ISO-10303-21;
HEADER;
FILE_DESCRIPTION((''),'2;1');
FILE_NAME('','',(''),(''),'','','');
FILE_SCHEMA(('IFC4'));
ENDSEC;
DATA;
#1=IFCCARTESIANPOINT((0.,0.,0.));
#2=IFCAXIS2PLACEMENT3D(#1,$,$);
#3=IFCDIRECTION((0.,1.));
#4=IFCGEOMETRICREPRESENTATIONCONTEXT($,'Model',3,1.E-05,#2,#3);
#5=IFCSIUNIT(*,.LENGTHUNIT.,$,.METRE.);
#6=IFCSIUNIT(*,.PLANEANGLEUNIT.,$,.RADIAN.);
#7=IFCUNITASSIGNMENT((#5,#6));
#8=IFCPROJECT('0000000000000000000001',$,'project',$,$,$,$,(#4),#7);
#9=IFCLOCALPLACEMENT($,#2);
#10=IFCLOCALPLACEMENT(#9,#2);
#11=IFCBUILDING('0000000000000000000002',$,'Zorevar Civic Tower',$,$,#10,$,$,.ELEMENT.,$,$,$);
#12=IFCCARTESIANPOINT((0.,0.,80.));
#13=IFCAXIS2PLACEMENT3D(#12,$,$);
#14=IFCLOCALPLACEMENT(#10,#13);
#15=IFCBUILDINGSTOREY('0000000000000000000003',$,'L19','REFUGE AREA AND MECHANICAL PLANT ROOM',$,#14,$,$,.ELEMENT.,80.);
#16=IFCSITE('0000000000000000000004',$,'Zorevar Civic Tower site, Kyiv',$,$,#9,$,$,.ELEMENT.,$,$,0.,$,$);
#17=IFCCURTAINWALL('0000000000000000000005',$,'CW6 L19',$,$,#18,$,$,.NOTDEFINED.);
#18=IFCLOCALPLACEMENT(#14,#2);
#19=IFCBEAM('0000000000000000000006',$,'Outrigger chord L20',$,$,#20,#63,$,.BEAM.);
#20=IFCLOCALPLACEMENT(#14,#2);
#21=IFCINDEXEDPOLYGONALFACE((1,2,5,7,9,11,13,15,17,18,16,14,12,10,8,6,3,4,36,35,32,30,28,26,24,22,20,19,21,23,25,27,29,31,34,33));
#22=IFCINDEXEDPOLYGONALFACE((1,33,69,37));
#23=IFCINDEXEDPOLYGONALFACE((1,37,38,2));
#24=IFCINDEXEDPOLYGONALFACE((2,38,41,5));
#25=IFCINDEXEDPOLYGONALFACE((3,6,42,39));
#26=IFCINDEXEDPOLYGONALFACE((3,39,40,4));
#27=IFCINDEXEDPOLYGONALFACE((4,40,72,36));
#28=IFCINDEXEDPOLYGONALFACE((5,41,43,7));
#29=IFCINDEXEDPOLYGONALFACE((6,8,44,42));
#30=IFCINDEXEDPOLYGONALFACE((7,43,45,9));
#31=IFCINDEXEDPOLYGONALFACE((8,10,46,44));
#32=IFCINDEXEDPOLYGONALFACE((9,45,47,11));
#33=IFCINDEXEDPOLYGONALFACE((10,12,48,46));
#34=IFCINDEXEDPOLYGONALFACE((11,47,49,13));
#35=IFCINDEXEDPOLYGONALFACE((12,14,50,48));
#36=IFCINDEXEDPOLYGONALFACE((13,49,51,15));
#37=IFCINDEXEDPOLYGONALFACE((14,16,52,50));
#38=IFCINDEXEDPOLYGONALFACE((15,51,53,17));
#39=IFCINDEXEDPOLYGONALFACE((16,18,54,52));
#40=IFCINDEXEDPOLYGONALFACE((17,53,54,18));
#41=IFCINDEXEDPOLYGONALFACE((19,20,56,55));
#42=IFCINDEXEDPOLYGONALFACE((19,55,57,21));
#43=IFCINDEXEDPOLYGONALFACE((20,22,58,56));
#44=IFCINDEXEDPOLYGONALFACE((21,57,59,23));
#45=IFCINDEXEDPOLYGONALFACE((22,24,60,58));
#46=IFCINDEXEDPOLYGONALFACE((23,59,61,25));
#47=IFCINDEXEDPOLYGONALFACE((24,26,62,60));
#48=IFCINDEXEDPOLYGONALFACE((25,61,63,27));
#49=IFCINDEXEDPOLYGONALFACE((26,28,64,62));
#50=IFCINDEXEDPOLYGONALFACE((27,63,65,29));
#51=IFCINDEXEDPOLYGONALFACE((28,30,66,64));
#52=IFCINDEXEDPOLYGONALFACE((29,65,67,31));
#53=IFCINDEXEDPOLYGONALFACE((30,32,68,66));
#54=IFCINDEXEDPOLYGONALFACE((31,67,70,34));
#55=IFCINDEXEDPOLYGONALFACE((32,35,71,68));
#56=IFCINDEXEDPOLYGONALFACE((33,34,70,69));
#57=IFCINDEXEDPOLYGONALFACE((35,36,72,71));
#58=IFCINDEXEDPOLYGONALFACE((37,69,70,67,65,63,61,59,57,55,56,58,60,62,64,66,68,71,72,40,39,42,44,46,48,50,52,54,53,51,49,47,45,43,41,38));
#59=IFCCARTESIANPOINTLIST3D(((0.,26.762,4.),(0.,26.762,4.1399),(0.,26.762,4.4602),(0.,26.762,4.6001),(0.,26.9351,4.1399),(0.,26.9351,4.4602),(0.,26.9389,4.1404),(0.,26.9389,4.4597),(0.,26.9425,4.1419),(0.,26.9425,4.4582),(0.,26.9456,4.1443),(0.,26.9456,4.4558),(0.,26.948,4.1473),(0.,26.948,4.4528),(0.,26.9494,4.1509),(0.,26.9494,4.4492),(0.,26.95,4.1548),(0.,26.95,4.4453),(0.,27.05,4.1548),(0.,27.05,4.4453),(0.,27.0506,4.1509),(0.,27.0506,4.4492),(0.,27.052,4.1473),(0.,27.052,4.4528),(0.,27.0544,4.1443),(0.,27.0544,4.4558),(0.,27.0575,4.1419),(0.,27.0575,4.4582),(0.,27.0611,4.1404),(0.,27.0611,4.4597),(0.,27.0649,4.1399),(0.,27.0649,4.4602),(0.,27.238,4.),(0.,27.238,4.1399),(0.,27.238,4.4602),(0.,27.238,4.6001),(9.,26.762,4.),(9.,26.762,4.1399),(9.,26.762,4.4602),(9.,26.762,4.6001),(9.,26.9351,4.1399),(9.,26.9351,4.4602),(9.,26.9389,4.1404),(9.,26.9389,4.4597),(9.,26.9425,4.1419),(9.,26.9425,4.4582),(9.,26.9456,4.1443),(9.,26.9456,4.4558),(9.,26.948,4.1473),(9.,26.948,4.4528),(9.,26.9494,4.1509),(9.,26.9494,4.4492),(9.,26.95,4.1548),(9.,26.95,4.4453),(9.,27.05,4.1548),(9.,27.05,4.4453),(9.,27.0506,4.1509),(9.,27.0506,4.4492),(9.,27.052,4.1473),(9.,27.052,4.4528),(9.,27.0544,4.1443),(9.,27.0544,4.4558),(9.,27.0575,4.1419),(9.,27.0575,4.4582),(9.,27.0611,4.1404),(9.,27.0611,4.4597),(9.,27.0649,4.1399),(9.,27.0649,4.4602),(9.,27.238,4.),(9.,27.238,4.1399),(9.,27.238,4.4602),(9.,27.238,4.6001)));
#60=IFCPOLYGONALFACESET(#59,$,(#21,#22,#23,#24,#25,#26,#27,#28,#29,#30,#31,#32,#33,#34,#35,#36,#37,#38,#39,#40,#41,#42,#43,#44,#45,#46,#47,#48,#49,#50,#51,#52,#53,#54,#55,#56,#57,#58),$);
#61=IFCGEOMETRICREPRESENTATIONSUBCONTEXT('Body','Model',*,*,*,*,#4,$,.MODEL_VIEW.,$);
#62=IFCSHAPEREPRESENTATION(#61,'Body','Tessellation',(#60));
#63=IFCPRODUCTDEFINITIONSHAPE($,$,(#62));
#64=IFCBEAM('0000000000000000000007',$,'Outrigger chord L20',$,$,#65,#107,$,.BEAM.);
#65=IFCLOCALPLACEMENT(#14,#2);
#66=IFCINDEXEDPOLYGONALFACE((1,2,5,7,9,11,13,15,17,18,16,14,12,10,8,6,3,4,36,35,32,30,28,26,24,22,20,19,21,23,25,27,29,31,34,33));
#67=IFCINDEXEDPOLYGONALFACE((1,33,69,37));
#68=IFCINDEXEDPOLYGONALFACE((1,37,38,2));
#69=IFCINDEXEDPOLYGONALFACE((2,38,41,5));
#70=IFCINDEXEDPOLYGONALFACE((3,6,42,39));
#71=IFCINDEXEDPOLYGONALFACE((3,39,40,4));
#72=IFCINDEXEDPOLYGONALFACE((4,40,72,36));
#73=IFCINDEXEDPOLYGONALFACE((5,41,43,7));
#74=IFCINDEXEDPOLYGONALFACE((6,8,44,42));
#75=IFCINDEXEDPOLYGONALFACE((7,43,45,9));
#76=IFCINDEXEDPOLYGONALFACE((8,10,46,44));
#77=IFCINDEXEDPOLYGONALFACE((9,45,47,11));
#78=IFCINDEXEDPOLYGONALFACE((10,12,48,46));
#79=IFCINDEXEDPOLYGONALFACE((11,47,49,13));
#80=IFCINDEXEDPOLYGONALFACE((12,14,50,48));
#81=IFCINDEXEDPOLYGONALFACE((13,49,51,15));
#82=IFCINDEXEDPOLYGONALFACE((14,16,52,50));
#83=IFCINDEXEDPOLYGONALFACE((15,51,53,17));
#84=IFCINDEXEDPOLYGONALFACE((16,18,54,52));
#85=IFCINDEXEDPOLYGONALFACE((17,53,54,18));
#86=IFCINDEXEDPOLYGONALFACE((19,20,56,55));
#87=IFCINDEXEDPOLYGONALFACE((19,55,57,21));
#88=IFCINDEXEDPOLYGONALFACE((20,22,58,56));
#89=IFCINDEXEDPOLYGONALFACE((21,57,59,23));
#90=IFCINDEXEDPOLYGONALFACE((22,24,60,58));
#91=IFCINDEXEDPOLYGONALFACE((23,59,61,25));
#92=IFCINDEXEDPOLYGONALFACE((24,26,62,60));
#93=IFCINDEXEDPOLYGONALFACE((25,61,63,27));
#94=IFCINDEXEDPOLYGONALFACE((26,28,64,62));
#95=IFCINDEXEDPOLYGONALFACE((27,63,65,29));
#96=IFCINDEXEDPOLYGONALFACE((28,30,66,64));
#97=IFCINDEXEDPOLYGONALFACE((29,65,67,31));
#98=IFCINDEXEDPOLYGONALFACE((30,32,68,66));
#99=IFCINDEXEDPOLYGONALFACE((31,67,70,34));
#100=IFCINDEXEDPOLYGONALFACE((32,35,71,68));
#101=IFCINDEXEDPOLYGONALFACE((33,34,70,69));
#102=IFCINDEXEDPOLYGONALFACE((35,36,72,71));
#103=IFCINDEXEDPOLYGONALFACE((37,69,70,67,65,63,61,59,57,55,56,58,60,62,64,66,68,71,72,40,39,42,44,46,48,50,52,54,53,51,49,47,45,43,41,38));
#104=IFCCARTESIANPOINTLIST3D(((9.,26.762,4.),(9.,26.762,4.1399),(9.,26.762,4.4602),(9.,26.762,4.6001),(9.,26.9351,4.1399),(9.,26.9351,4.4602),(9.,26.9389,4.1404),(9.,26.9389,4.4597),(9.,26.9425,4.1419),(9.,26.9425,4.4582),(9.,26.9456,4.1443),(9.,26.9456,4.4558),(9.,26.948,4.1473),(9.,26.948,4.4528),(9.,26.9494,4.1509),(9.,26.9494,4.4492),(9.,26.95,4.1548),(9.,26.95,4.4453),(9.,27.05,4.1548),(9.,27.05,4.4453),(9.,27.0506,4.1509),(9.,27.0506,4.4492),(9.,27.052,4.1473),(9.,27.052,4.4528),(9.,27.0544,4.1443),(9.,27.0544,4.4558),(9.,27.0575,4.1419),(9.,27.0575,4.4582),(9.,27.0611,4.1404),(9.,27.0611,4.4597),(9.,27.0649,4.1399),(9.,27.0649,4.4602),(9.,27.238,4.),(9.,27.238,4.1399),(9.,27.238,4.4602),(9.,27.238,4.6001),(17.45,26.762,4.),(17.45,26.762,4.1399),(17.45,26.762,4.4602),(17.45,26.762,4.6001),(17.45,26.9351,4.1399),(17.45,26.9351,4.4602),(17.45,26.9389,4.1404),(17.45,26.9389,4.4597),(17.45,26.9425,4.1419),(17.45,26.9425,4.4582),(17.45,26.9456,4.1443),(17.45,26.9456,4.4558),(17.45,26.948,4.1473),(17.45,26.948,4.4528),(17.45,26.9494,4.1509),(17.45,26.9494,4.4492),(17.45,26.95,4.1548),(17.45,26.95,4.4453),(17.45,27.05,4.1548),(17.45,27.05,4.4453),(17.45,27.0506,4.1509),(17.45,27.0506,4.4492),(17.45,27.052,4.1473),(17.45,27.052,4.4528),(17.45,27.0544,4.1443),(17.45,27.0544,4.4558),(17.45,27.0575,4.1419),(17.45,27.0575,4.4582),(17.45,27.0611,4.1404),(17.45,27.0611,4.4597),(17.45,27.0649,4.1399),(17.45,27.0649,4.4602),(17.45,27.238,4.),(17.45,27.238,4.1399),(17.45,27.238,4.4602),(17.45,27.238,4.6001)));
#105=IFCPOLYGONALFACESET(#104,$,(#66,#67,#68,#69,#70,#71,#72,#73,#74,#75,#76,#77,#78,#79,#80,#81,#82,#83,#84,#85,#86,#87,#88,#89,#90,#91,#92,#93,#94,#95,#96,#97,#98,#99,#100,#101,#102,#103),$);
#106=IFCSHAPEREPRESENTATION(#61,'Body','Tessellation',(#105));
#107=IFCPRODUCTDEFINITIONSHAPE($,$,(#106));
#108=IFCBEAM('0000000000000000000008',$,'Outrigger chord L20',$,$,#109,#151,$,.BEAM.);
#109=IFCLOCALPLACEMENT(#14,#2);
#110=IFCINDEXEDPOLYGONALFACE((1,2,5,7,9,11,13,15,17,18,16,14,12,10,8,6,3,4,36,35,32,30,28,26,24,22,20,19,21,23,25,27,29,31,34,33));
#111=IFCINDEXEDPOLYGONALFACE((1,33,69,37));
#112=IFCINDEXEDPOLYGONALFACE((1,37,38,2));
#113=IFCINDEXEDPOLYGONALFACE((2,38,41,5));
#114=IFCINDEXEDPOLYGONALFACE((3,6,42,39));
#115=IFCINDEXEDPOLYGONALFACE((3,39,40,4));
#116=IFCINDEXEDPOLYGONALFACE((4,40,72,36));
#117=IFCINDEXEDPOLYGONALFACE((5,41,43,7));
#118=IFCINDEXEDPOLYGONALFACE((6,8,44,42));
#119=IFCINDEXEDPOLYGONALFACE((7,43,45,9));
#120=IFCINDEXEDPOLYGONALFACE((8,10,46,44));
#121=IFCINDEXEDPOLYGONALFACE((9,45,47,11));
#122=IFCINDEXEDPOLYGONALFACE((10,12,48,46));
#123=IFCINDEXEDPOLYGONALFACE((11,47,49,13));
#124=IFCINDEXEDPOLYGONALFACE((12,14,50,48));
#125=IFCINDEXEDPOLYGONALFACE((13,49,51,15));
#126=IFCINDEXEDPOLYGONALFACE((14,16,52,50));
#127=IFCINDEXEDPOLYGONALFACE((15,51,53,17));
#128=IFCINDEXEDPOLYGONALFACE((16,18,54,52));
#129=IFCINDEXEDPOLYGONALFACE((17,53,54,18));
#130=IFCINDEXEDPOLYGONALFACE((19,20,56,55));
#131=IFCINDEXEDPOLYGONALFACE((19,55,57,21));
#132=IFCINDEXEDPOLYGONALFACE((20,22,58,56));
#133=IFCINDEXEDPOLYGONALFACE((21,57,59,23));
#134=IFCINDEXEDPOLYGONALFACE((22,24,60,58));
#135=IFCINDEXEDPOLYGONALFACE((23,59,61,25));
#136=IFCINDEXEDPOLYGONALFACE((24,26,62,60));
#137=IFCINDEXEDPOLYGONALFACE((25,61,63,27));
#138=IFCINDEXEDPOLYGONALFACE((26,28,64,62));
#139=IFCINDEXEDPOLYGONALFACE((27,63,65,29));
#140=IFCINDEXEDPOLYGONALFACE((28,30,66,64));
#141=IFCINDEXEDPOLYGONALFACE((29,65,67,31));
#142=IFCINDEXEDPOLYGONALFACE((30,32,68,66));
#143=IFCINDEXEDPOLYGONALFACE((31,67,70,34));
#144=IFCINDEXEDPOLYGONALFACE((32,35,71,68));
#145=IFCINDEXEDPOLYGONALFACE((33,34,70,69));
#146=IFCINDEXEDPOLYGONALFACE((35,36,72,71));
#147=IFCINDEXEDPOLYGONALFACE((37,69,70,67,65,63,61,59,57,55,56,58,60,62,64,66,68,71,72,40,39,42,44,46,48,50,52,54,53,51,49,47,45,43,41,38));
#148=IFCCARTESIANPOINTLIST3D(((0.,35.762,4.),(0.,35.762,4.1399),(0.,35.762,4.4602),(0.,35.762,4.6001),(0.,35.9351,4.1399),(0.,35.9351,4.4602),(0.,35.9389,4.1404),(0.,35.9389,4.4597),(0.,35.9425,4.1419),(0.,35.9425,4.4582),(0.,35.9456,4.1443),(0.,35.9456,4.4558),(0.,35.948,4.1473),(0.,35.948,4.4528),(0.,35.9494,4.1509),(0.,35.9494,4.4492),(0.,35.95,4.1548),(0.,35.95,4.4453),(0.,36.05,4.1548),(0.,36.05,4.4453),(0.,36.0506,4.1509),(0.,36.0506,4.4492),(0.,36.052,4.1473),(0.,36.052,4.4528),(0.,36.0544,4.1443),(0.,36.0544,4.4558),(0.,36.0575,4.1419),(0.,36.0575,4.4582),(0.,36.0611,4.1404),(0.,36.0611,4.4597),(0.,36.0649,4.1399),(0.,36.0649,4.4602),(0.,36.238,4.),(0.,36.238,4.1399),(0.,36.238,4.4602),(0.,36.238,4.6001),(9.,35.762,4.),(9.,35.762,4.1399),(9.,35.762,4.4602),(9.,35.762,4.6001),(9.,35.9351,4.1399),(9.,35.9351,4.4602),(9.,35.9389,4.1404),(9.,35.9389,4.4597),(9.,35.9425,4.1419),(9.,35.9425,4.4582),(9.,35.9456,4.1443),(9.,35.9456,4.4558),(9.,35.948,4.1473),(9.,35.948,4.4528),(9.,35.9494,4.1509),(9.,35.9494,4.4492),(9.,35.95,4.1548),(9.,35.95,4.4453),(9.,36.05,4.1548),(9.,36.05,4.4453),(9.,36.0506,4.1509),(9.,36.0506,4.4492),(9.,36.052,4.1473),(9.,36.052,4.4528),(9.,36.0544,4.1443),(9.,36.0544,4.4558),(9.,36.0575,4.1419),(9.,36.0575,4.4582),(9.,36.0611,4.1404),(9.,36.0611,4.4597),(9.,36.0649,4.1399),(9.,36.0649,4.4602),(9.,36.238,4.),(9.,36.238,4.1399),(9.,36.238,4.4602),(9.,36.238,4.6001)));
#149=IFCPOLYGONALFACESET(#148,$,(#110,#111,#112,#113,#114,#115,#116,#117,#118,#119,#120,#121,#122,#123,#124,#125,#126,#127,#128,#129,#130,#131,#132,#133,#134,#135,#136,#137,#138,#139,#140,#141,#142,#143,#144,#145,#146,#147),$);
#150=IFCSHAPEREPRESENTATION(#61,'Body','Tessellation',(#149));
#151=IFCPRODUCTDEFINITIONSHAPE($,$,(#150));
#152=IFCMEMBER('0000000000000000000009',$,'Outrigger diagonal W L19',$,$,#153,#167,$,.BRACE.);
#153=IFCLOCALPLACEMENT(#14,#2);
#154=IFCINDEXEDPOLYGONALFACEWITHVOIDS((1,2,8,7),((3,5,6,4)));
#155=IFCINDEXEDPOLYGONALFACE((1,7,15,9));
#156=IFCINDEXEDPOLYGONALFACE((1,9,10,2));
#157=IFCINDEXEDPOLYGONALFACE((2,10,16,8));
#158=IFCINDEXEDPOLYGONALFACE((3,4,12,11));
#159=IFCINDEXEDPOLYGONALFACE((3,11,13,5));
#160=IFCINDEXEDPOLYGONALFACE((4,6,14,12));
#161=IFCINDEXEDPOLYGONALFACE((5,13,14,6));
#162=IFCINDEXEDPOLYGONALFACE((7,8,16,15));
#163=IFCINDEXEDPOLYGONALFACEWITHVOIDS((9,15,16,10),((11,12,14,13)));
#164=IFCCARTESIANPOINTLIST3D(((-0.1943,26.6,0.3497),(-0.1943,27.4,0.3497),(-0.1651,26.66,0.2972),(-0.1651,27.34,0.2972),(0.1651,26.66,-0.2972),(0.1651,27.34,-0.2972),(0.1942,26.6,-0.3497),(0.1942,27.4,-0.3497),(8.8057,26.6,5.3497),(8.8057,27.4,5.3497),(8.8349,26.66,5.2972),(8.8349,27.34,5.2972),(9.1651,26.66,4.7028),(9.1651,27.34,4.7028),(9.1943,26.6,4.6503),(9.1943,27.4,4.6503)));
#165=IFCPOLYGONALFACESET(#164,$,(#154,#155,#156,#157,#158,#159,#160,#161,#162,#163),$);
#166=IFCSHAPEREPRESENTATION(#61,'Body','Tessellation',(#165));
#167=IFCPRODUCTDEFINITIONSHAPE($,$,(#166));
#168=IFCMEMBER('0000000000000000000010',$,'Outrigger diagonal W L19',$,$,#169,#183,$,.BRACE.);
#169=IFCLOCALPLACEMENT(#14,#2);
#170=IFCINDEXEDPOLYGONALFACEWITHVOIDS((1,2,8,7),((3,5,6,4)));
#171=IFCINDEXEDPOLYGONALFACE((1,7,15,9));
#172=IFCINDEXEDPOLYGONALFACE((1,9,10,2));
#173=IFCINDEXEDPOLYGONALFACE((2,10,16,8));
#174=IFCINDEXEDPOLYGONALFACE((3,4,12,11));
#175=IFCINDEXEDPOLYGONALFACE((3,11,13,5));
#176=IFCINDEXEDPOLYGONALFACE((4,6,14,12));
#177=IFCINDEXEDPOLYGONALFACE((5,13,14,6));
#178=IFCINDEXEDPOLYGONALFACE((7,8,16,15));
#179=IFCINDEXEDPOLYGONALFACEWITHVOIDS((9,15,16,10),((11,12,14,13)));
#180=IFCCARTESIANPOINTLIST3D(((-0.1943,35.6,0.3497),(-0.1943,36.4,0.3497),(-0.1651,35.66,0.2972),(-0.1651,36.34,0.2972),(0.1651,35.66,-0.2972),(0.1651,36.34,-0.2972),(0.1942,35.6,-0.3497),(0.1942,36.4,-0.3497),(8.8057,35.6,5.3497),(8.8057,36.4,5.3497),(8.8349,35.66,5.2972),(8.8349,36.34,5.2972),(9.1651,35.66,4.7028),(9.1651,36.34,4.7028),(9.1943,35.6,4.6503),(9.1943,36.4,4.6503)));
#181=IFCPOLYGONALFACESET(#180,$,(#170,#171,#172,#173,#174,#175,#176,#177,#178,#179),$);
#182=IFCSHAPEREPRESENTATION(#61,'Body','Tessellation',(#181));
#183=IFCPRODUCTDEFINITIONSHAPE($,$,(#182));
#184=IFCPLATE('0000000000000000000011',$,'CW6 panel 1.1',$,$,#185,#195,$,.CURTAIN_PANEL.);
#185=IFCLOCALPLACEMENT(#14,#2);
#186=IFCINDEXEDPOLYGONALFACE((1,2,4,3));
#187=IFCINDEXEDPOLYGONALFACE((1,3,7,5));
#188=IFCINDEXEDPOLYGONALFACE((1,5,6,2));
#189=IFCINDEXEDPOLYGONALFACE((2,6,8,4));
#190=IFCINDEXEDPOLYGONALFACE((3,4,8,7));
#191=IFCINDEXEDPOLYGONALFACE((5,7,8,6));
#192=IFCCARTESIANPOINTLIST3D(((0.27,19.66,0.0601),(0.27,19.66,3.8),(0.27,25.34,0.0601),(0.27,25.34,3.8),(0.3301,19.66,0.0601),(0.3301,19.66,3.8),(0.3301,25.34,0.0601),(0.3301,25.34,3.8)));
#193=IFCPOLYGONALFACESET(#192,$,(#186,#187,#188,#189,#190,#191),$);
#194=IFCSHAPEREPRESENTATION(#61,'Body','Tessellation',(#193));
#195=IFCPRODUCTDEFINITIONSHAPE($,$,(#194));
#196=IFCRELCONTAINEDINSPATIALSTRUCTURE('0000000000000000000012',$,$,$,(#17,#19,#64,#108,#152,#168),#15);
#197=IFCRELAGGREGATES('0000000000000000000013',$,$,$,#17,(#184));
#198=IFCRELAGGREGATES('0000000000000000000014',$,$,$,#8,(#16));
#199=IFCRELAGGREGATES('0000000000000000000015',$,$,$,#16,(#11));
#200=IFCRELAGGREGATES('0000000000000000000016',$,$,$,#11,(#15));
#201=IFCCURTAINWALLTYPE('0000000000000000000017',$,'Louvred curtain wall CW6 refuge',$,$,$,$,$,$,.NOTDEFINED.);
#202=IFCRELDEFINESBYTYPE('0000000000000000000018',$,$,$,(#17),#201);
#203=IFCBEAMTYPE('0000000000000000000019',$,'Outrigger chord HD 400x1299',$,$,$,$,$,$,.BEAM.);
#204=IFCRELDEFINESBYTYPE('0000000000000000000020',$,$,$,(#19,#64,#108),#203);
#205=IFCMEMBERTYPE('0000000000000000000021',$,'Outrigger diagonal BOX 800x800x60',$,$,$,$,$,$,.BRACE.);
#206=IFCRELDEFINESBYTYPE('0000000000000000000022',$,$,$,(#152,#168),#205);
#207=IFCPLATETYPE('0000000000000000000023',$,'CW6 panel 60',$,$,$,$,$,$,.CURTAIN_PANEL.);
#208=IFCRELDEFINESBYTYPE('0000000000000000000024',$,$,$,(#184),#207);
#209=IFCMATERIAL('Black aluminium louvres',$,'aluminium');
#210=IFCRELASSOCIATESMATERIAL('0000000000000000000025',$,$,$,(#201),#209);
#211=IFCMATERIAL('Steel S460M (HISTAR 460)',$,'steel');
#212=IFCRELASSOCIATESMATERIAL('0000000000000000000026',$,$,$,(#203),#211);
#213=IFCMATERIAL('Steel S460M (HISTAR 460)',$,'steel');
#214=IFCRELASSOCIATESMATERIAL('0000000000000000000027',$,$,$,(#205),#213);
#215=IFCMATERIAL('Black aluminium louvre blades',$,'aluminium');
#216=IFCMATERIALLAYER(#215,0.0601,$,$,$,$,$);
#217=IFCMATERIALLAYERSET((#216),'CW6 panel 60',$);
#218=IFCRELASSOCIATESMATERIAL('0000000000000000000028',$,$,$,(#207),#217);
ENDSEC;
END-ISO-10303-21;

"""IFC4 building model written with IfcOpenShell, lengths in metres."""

from ifc_helpers import new_model, si_unit, direction, frame, origin, origin_2d, place, context, subcontext, project, spatial, rectangle, hollow_rectangle, i_section, extrude, material, layer, layer_set, material_profile, profile_set, type_object, element, aggregate, save


model = new_model("IFC4")

# Units and contexts
model_context = context("Model", 3, precision=1e-05, world=origin(), true_north=direction((0.0, 1.0)))
body_context = subcontext(model_context, "Body", "Model", "MODEL_VIEW")
ifc_project = project(units=[si_unit("LENGTHUNIT", "METRE"), si_unit("PLANEANGLEUNIT", "RADIAN")], contexts=[model_context])

# Site, building, storey
site_placement = place(None, origin())
site = spatial("IfcSite", under=ifc_project, at=site_placement, Name="Zorevar Civic Tower site, Kyiv", CompositionType="ELEMENT", RefElevation=0.0)
building_placement = place(site_placement, origin())
building = spatial("IfcBuilding", under=site, at=building_placement, Name="Zorevar Civic Tower", CompositionType="ELEMENT")
storey_placement = place(building_placement, frame((0.0, 0.0, 80.0)))
storey = spatial("IfcBuildingStorey", under=building, at=storey_placement, Name="L19", Description="REFUGE AREA AND MECHANICAL PLANT ROOM", CompositionType="ELEMENT", Elevation=80.0)

# Curtain wall
ifc_material_1 = material(Name="Black aluminium louvres", Category="aluminium")
curtain_wall_type = type_object("IfcCurtainWallType", Name="Louvred curtain wall CW6 refuge", PredefinedType="NOTDEFINED", material=ifc_material_1)
curtain_wall_placement = place(storey_placement, origin())
curtain_wall = element("IfcCurtainWall", 1, at=curtain_wall_placement, inside=storey, type_object=curtain_wall_type, Name="CW6 L19", PredefinedType="NOTDEFINED")

# Beams
ifc_material_2 = material(Name="Steel S460M (HISTAR 460)", Category="steel")
ifc_material_profile_1 = material_profile(ifc_material_2, i_section(OverallWidth=0.4761, OverallDepth=0.6001, WebThickness=0.1001, FlangeThickness=0.1399, FilletRadius=0.0149, at=origin_2d()), Name="HD 400x1299")
ifc_profile_set_1 = profile_set([ifc_material_profile_1], Name="Steel S460M (HISTAR 460)")
beam_type_1 = type_object("IfcBeamType", Name="Outrigger chord HD 400x1299", PredefinedType="BEAM", material=ifc_profile_set_1)
beam_1_placement = place(storey_placement, frame((0.0, 27.0, 4.3), z_axis=(1.0, 0.0, 0.0), x_axis=(0.0, 1.0, 0.0)))
element("IfcBeam", 2, at=beam_1_placement, inside=storey, type_object=beam_type_1, Name="Outrigger chord L20", PredefinedType="BEAM", context=body_context, shape_type="SweptSolid", body=[
    extrude(i_section(OverallWidth=0.4761, OverallDepth=0.6001, WebThickness=0.1001, FlangeThickness=0.1399, FilletRadius=0.0149, at=origin_2d()), origin(), (0.0, 0.0, 1.0), 9.0),
])
beam_2_placement = place(storey_placement, frame((9.0, 27.0, 4.3), z_axis=(1.0, 0.0, 0.0), x_axis=(0.0, 1.0, 0.0)))
element("IfcBeam", 3, at=beam_2_placement, inside=storey, type_object=beam_type_1, Name="Outrigger chord L20", PredefinedType="BEAM", context=body_context, shape_type="SweptSolid", body=[
    extrude(i_section(OverallWidth=0.4761, OverallDepth=0.6001, WebThickness=0.1001, FlangeThickness=0.1399, FilletRadius=0.0149, at=origin_2d()), origin(), (0.0, 0.0, 1.0), 8.45),
])
beam_3_placement = place(storey_placement, frame((0.0, 36.0, 4.3), z_axis=(1.0, 0.0, 0.0), x_axis=(0.0, 1.0, 0.0)))
element("IfcBeam", 4, at=beam_3_placement, inside=storey, type_object=beam_type_1, Name="Outrigger chord L20", PredefinedType="BEAM", context=body_context, shape_type="SweptSolid", body=[
    extrude(i_section(OverallWidth=0.4761, OverallDepth=0.6001, WebThickness=0.1001, FlangeThickness=0.1399, FilletRadius=0.0149, at=origin_2d()), origin(), (0.0, 0.0, 1.0), 9.0),
])

# Members
ifc_material_3 = material(Name="Steel S460M (HISTAR 460)", Category="steel")
ifc_material_profile_2 = material_profile(ifc_material_3, hollow_rectangle(XDim=0.8, YDim=0.8, WallThickness=0.0601, at=origin_2d()), Name="BOX 800x800x60")
ifc_profile_set_2 = profile_set([ifc_material_profile_2], Name="Steel S460M (HISTAR 460)")
member_type_1 = type_object("IfcMemberType", Name="Outrigger diagonal BOX 800x800x60", PredefinedType="BRACE", material=ifc_profile_set_2)
for number, where, z_axis, x_axis, name in (
    (5, (9.0, 27.0, 5.0), (-0.874157, 0.0, -0.485643), (0.0, -1.0, 0.0), "Outrigger diagonal W L19"),
    (6, (9.0, 36.0, 5.0), (-0.874157, 0.0, -0.485643), (0.0, -1.0, 0.0), "Outrigger diagonal W L19"),
):
    element("IfcMember", number, at=place(storey_placement, frame(where, z_axis=z_axis, x_axis=x_axis)), inside=storey, type_object=member_type_1, Name=name, PredefinedType="BRACE", context=body_context, shape_type="SweptSolid", body=[
        extrude(hollow_rectangle(XDim=0.8, YDim=0.8, WallThickness=0.0601, at=origin_2d()), origin(), (0.0, 0.0, 1.0), 10.2957),
    ])

# Plate
ifc_material_4 = material(Name="Black aluminium louvre blades", Category="aluminium")
ifc_layer_1 = layer(ifc_material_4, 0.0601)
ifc_layer_set_1 = layer_set([ifc_layer_1], Name="CW6 panel 60")
plate_type = type_object("IfcPlateType", Name="CW6 panel 60", PredefinedType="CURTAIN_PANEL", material=ifc_layer_set_1)
plate_placement = place(storey_placement, frame((0.3, 22.5, 0.0601), z_axis=(0.0, 0.0, 1.0), x_axis=(0.0, 1.0, 0.0)))
plate = element("IfcPlate", 7, at=plate_placement, type_object=plate_type, Name="CW6 panel 1.1", PredefinedType="CURTAIN_PANEL", context=body_context, shape_type="SweptSolid", body=[
    extrude(rectangle(XDim=5.6799, YDim=0.0601, at=origin_2d()), origin(), (0.0, 0.0, 1.0), 3.74),
])
aggregate(curtain_wall, [plate])

save(model, "model.ifc")
